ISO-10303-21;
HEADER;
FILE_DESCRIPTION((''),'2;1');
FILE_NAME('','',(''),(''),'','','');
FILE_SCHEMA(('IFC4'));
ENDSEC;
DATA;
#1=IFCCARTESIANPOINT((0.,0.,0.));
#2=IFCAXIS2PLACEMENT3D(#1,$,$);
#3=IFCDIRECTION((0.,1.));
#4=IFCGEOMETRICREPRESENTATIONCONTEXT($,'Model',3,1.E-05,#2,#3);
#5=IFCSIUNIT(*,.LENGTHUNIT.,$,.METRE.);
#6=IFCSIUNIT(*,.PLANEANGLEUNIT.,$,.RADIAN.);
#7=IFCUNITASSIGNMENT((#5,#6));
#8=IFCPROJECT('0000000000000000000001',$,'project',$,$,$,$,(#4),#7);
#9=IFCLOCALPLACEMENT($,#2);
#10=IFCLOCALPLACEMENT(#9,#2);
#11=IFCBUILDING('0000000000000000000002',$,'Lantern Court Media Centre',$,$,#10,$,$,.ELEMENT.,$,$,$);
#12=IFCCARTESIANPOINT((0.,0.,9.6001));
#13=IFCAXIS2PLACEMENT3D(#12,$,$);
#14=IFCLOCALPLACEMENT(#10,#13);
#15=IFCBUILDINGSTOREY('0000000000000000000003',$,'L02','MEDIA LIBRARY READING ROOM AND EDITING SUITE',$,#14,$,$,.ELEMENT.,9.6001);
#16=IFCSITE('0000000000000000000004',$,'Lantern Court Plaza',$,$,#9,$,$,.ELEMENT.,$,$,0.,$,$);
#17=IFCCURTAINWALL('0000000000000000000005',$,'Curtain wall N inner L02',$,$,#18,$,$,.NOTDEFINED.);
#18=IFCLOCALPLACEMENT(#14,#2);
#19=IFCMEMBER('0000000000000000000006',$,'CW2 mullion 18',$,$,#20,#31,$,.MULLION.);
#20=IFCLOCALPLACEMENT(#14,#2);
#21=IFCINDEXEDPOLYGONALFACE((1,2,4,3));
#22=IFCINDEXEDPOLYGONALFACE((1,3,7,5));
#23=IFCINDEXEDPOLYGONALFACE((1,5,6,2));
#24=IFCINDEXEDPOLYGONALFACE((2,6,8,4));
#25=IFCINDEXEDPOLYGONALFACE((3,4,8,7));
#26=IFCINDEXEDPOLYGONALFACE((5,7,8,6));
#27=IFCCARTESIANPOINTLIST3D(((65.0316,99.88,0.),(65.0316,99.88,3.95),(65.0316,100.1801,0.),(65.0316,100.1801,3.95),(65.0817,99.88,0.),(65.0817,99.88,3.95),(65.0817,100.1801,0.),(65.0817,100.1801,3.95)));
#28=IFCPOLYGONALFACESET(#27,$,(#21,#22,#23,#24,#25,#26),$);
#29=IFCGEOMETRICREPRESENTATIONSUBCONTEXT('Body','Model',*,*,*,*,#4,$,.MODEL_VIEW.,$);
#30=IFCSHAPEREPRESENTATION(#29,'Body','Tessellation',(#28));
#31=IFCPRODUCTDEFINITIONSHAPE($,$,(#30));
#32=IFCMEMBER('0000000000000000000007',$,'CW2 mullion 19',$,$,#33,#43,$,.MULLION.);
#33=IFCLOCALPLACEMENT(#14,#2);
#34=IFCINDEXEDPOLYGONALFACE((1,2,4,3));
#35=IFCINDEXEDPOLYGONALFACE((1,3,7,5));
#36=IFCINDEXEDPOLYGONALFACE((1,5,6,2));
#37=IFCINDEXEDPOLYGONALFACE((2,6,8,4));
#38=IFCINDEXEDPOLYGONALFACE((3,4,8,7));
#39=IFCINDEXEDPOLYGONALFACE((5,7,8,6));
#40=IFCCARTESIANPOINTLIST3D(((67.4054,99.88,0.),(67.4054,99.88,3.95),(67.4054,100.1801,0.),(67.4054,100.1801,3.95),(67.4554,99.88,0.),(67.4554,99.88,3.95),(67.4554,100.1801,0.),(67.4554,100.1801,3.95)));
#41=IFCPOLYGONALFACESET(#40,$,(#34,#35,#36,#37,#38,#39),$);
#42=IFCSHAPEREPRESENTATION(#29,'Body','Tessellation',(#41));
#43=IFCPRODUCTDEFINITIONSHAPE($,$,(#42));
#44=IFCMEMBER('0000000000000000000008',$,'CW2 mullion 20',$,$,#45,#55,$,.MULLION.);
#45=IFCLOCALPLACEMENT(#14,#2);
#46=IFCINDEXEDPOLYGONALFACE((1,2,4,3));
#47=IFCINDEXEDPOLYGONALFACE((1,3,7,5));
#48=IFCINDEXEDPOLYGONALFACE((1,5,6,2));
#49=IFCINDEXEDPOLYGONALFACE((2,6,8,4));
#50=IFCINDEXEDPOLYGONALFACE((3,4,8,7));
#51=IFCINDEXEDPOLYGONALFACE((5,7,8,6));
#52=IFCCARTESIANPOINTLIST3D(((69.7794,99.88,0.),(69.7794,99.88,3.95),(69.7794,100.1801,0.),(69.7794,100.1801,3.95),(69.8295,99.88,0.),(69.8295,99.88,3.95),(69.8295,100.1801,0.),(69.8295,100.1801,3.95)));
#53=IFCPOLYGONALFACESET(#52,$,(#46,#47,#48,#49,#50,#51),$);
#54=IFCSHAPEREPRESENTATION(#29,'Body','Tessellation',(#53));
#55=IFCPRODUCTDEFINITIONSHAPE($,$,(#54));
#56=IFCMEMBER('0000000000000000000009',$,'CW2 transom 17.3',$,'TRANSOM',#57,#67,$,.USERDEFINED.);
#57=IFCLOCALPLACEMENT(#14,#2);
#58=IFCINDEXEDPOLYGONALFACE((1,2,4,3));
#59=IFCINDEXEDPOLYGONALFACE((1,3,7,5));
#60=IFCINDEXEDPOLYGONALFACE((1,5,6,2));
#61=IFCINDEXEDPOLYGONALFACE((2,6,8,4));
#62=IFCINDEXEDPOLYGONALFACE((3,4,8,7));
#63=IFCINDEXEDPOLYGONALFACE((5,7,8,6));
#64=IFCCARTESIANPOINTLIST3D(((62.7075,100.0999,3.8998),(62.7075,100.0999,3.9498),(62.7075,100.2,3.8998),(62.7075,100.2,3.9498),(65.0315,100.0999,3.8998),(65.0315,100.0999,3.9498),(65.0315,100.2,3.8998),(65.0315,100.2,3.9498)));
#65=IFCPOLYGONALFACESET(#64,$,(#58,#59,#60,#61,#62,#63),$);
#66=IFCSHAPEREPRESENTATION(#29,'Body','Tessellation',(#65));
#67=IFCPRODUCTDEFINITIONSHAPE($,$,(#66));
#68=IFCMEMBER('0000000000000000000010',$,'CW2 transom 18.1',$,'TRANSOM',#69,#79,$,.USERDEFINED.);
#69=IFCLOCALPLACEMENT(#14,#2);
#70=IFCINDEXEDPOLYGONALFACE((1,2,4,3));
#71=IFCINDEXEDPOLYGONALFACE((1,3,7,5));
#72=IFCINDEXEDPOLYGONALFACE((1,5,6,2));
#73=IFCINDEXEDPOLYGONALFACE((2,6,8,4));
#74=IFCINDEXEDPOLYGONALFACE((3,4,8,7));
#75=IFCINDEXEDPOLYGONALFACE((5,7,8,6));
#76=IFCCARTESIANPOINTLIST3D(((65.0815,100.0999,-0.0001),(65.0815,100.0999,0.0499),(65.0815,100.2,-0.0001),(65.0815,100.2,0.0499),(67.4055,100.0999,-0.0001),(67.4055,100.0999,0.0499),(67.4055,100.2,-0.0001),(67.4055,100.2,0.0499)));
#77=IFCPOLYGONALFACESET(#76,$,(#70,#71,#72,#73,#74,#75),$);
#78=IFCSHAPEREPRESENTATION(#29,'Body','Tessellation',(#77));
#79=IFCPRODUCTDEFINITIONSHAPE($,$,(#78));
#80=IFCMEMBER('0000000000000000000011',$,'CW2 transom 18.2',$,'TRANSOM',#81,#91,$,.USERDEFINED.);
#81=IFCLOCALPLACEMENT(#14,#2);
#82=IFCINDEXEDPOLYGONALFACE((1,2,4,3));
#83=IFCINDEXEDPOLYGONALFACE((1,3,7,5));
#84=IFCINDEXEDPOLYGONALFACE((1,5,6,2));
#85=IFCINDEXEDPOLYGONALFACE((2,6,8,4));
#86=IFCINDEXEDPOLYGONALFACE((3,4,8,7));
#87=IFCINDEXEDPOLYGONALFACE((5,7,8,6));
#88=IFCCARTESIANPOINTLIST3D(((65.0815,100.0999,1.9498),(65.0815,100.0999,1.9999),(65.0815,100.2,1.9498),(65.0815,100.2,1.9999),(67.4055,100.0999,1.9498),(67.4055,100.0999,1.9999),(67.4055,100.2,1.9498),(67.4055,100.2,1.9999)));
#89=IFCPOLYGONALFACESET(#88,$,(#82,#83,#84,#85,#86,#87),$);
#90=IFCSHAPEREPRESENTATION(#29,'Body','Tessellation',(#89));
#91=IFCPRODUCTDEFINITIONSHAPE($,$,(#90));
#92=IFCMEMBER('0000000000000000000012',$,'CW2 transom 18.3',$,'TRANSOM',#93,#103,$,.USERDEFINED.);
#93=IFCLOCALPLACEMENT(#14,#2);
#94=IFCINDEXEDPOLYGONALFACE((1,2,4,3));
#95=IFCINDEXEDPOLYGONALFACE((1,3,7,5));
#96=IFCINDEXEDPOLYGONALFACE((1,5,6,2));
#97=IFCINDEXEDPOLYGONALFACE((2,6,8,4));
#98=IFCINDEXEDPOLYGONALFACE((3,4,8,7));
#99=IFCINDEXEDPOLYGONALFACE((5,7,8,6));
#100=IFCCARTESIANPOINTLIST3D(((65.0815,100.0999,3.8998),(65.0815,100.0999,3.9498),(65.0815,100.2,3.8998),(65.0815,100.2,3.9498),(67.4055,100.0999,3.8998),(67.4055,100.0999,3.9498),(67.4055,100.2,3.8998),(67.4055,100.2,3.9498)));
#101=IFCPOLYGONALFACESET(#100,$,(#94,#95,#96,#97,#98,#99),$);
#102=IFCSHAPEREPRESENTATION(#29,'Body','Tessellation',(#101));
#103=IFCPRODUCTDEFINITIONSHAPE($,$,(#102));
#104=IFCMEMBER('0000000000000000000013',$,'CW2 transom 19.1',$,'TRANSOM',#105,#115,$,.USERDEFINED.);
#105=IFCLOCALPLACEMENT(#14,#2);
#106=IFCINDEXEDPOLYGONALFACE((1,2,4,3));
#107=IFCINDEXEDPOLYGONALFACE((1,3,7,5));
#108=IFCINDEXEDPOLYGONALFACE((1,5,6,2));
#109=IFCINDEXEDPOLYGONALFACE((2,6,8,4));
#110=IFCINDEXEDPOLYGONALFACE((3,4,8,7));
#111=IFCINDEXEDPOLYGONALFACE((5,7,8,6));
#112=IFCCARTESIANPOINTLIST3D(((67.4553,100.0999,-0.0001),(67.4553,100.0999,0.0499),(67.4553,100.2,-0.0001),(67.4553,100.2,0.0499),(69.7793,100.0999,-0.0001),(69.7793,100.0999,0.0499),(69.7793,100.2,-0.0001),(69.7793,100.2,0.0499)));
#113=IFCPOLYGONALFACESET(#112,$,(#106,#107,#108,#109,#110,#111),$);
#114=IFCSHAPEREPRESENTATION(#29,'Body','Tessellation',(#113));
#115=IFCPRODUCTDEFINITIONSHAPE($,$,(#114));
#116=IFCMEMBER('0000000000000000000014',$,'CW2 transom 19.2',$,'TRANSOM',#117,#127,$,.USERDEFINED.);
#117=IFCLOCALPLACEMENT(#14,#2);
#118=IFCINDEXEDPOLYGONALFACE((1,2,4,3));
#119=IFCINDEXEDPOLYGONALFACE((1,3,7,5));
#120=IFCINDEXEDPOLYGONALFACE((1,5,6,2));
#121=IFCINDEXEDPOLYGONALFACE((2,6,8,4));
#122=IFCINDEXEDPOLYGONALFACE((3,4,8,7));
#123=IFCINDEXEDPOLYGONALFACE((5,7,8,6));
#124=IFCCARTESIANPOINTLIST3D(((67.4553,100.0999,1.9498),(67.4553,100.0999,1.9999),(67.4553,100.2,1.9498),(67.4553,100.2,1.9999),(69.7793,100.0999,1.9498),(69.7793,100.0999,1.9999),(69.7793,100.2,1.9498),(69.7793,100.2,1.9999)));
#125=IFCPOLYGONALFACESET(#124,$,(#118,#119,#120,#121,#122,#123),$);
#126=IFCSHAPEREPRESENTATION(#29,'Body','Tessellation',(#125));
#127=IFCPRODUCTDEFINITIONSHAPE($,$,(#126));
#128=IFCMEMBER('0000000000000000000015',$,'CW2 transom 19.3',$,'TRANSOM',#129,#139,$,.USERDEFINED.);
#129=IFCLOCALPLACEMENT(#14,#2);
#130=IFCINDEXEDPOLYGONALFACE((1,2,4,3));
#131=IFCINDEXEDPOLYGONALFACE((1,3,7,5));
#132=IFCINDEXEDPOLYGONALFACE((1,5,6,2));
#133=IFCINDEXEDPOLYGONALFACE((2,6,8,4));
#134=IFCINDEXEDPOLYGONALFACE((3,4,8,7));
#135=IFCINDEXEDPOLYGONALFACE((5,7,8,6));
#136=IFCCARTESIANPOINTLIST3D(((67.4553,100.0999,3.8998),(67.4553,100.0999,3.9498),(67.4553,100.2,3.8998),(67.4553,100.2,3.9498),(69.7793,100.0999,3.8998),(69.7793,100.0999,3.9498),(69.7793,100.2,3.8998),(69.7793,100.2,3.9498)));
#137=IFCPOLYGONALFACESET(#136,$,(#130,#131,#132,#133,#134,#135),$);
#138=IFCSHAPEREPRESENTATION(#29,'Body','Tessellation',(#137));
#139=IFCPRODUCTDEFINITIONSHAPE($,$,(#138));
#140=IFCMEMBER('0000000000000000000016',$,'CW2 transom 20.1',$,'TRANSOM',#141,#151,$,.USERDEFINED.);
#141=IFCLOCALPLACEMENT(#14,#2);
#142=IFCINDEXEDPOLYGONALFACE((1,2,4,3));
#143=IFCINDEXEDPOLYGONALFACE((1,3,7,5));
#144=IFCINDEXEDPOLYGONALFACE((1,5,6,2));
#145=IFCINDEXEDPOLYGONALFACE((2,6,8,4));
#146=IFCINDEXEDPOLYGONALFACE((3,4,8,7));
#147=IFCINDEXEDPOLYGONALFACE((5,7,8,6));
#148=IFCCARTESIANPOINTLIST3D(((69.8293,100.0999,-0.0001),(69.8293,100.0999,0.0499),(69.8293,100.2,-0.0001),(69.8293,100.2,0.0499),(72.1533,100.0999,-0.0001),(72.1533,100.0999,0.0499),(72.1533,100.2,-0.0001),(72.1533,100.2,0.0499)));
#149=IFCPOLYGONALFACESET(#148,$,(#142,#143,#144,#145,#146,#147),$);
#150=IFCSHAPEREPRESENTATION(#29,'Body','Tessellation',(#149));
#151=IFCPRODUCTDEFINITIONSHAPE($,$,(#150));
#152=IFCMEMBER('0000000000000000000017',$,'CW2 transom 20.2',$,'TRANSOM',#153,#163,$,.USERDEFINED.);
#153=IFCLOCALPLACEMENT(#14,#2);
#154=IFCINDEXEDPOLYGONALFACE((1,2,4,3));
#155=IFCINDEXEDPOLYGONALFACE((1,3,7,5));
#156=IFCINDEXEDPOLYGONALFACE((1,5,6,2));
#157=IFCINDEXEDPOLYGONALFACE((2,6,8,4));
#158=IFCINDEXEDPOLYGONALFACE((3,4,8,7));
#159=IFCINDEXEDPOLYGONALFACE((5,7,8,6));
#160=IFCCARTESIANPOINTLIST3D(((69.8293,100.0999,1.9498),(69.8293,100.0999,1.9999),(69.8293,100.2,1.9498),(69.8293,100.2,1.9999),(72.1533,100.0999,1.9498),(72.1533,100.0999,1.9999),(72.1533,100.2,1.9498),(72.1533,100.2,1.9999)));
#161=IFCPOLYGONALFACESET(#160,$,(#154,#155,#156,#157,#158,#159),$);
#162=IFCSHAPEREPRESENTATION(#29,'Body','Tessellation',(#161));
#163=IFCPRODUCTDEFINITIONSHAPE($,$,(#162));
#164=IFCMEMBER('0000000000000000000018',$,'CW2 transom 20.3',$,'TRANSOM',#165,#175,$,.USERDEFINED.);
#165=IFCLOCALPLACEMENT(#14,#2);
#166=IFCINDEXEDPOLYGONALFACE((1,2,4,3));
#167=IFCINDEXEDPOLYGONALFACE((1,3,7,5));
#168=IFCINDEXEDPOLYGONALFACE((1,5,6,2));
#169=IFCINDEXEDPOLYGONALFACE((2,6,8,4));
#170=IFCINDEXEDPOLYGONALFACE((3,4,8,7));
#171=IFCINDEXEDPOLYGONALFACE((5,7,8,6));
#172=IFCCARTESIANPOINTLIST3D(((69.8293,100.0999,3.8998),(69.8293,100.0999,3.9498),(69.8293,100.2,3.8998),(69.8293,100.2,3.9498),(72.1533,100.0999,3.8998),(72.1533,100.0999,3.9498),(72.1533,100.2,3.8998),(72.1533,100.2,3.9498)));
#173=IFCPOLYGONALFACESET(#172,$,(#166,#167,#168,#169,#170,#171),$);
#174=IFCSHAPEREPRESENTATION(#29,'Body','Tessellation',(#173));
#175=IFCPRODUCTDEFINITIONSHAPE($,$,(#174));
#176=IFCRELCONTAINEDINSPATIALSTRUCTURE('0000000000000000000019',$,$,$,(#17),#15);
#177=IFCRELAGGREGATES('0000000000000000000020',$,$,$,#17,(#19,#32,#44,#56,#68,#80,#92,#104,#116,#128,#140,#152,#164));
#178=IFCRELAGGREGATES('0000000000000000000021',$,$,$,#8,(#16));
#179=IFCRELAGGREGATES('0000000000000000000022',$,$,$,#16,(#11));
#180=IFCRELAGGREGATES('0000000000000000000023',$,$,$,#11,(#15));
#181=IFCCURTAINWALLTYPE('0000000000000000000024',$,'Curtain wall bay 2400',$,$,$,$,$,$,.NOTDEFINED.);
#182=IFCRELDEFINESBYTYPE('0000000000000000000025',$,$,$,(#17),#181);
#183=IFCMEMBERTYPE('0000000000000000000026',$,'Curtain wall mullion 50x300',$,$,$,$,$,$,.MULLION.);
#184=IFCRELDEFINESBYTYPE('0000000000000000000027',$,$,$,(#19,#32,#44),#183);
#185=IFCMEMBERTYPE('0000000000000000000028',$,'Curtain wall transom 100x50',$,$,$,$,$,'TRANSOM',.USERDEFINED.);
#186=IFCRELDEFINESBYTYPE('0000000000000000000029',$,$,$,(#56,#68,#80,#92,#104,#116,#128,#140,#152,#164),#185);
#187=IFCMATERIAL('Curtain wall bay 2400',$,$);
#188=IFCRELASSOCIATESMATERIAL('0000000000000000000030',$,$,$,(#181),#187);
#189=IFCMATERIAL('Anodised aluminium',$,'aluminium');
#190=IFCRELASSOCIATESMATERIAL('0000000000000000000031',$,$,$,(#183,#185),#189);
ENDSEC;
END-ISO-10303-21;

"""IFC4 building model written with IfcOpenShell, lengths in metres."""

from ifc_helpers import new_model, si_unit, direction, frame, origin, origin_2d, place, context, subcontext, project, spatial, rectangle, extrude, material, material_profile, profile_set, type_object, element, aggregate, save


model = new_model("IFC4")

# Units and contexts
model_context = context("Model", 3, precision=1e-05, world=origin(), true_north=direction((0.0, 1.0)))
body_context = subcontext(model_context, "Body", "Model", "MODEL_VIEW")
ifc_project = project(units=[si_unit("LENGTHUNIT", "METRE"), si_unit("PLANEANGLEUNIT", "RADIAN")], contexts=[model_context])

# Site, building, storey
site_placement = place(None, origin())
site = spatial("IfcSite", under=ifc_project, at=site_placement, Name="Lantern Court Plaza", CompositionType="ELEMENT", RefElevation=0.0)
building_placement = place(site_placement, origin())
building = spatial("IfcBuilding", under=site, at=building_placement, Name="Lantern Court Media Centre", CompositionType="ELEMENT")
storey_placement = place(building_placement, frame((0.0, 0.0, 9.6001)))
storey = spatial("IfcBuildingStorey", under=building, at=storey_placement, Name="L02", Description="MEDIA LIBRARY READING ROOM AND EDITING SUITE", CompositionType="ELEMENT", Elevation=9.6001)

# Curtain wall, members
ifc_material_1 = material(Name="Curtain wall bay 2400")
curtain_wall_type = type_object("IfcCurtainWallType", Name="Curtain wall bay 2400", PredefinedType="NOTDEFINED", material=ifc_material_1)
curtain_wall_placement = place(storey_placement, origin())
curtain_wall = element("IfcCurtainWall", 1, at=curtain_wall_placement, inside=storey, type_object=curtain_wall_type, Name="Curtain wall N inner L02", PredefinedType="NOTDEFINED")
ifc_material_2 = material(Name="Anodised aluminium", Category="aluminium")
ifc_material_profile_1 = material_profile(ifc_material_2, rectangle(XDim=0.3, YDim=0.05, at=origin_2d()), Name="AL 50x300")
ifc_profile_set_1 = profile_set([ifc_material_profile_1], Name="Anodised aluminium")
member_type_1 = type_object("IfcMemberType", Name="Curtain wall mullion 50x300", PredefinedType="MULLION", material=ifc_profile_set_1)
member_1_placement = place(storey_placement, frame((65.0566, 100.03, 0.0), z_axis=(0.0, 0.0, 1.0), x_axis=(0.0, 1.0, 0.0)))
member_1 = element("IfcMember", 2, at=member_1_placement, type_object=member_type_1, Name="CW2 mullion 18", PredefinedType="MULLION", context=body_context, shape_type="SweptSolid", body=[
    extrude(rectangle(XDim=0.3, YDim=0.05, at=origin_2d()), origin(), (0.0, 0.0, 1.0), 3.95),
])
member_2_placement = place(storey_placement, frame((67.4304, 100.03, 0.0), z_axis=(0.0, 0.0, 1.0), x_axis=(0.0, 1.0, 0.0)))
member_2 = element("IfcMember", 3, at=member_2_placement, type_object=member_type_1, Name="CW2 mullion 19", PredefinedType="MULLION", context=body_context, shape_type="SweptSolid", body=[
    extrude(rectangle(XDim=0.3, YDim=0.05, at=origin_2d()), origin(), (0.0, 0.0, 1.0), 3.95),
])
member_3_placement = place(storey_placement, frame((69.8044, 100.03, 0.0), z_axis=(0.0, 0.0, 1.0), x_axis=(0.0, 1.0, 0.0)))
member_3 = element("IfcMember", 4, at=member_3_placement, type_object=member_type_1, Name="CW2 mullion 20", PredefinedType="MULLION", context=body_context, shape_type="SweptSolid", body=[
    extrude(rectangle(XDim=0.3, YDim=0.05, at=origin_2d()), origin(), (0.0, 0.0, 1.0), 3.95),
])
ifc_material_profile_2 = material_profile(ifc_material_2, rectangle(XDim=0.1001, YDim=0.05, at=origin_2d()), Name="AL 50x100")
ifc_profile_set_2 = profile_set([ifc_material_profile_2], Name="Anodised aluminium")
member_type_2 = type_object("IfcMemberType", Name="Curtain wall transom 100x50", ElementType="TRANSOM", PredefinedType="USERDEFINED", material=ifc_profile_set_2)
member_4_placement = place(storey_placement, frame((62.7075, 100.1499, 3.9248), z_axis=(1.0, 0.0, 0.0), x_axis=(0.0, 1.0, 0.0)))
member_4 = element("IfcMember", 5, at=member_4_placement, type_object=member_type_2, Name="CW2 transom 17.3", ObjectType="TRANSOM", PredefinedType="USERDEFINED", context=body_context, shape_type="SweptSolid", body=[
    extrude(rectangle(XDim=0.1001, YDim=0.05, at=origin_2d()), origin(), (0.0, 0.0, 1.0), 2.324),
])
member_5_placement = place(storey_placement, frame((65.0815, 100.1499, 0.0249), z_axis=(1.0, 0.0, 0.0), x_axis=(0.0, 1.0, 0.0)))
member_5 = element("IfcMember", 6, at=member_5_placement, type_object=member_type_2, Name="CW2 transom 18.1", ObjectType="TRANSOM", PredefinedType="USERDEFINED", context=body_context, shape_type="SweptSolid", body=[
    extrude(rectangle(XDim=0.1001, YDim=0.05, at=origin_2d()), origin(), (0.0, 0.0, 1.0), 2.324),
])
member_6_placement = place(storey_placement, frame((65.0815, 100.1499, 1.9749), z_axis=(1.0, 0.0, 0.0), x_axis=(0.0, 1.0, 0.0)))
member_6 = element("IfcMember", 7, at=member_6_placement, type_object=member_type_2, Name="CW2 transom 18.2", ObjectType="TRANSOM", PredefinedType="USERDEFINED", context=body_context, shape_type="SweptSolid", body=[
    extrude(rectangle(XDim=0.1001, YDim=0.05, at=origin_2d()), origin(), (0.0, 0.0, 1.0), 2.324),
])
member_7_placement = place(storey_placement, frame((65.0815, 100.1499, 3.9248), z_axis=(1.0, 0.0, 0.0), x_axis=(0.0, 1.0, 0.0)))
member_7 = element("IfcMember", 8, at=member_7_placement, type_object=member_type_2, Name="CW2 transom 18.3", ObjectType="TRANSOM", PredefinedType="USERDEFINED", context=body_context, shape_type="SweptSolid", body=[
    extrude(rectangle(XDim=0.1001, YDim=0.05, at=origin_2d()), origin(), (0.0, 0.0, 1.0), 2.324),
])
member_8_placement = place(storey_placement, frame((67.4553, 100.1499, 0.0249), z_axis=(1.0, 0.0, 0.0), x_axis=(0.0, 1.0, 0.0)))
member_8 = element("IfcMember", 9, at=member_8_placement, type_object=member_type_2, Name="CW2 transom 19.1", ObjectType="TRANSOM", PredefinedType="USERDEFINED", context=body_context, shape_type="SweptSolid", body=[
    extrude(rectangle(XDim=0.1001, YDim=0.05, at=origin_2d()), origin(), (0.0, 0.0, 1.0), 2.324),
])
member_9_placement = place(storey_placement, frame((67.4553, 100.1499, 1.9749), z_axis=(1.0, 0.0, 0.0), x_axis=(0.0, 1.0, 0.0)))
member_9 = element("IfcMember", 10, at=member_9_placement, type_object=member_type_2, Name="CW2 transom 19.2", ObjectType="TRANSOM", PredefinedType="USERDEFINED", context=body_context, shape_type="SweptSolid", body=[
    extrude(rectangle(XDim=0.1001, YDim=0.05, at=origin_2d()), origin(), (0.0, 0.0, 1.0), 2.324),
])
member_10_placement = place(storey_placement, frame((67.4553, 100.1499, 3.9248), z_axis=(1.0, 0.0, 0.0), x_axis=(0.0, 1.0, 0.0)))
member_10 = element("IfcMember", 11, at=member_10_placement, type_object=member_type_2, Name="CW2 transom 19.3", ObjectType="TRANSOM", PredefinedType="USERDEFINED", context=body_context, shape_type="SweptSolid", body=[
    extrude(rectangle(XDim=0.1001, YDim=0.05, at=origin_2d()), origin(), (0.0, 0.0, 1.0), 2.324),
])
member_11_placement = place(storey_placement, frame((69.8293, 100.1499, 0.0249), z_axis=(1.0, 0.0, 0.0), x_axis=(0.0, 1.0, 0.0)))
member_11 = element("IfcMember", 12, at=member_11_placement, type_object=member_type_2, Name="CW2 transom 20.1", ObjectType="TRANSOM", PredefinedType="USERDEFINED", context=body_context, shape_type="SweptSolid", body=[
    extrude(rectangle(XDim=0.1001, YDim=0.05, at=origin_2d()), origin(), (0.0, 0.0, 1.0), 2.324),
])
member_12_placement = place(storey_placement, frame((69.8293, 100.1499, 1.9749), z_axis=(1.0, 0.0, 0.0), x_axis=(0.0, 1.0, 0.0)))
member_12 = element("IfcMember", 13, at=member_12_placement, type_object=member_type_2, Name="CW2 transom 20.2", ObjectType="TRANSOM", PredefinedType="USERDEFINED", context=body_context, shape_type="SweptSolid", body=[
    extrude(rectangle(XDim=0.1001, YDim=0.05, at=origin_2d()), origin(), (0.0, 0.0, 1.0), 2.324),
])
member_13_placement = place(storey_placement, frame((69.8293, 100.1499, 3.9248), z_axis=(1.0, 0.0, 0.0), x_axis=(0.0, 1.0, 0.0)))
member_13 = element("IfcMember", 14, at=member_13_placement, type_object=member_type_2, Name="CW2 transom 20.3", ObjectType="TRANSOM", PredefinedType="USERDEFINED", context=body_context, shape_type="SweptSolid", body=[
    extrude(rectangle(XDim=0.1001, YDim=0.05, at=origin_2d()), origin(), (0.0, 0.0, 1.0), 2.324),
])

aggregate(curtain_wall, [member_1, member_2, member_3, member_4, member_5, member_6, member_7, member_8, member_9, member_10, member_11, member_12, member_13])

save(model, "model.ifc")
